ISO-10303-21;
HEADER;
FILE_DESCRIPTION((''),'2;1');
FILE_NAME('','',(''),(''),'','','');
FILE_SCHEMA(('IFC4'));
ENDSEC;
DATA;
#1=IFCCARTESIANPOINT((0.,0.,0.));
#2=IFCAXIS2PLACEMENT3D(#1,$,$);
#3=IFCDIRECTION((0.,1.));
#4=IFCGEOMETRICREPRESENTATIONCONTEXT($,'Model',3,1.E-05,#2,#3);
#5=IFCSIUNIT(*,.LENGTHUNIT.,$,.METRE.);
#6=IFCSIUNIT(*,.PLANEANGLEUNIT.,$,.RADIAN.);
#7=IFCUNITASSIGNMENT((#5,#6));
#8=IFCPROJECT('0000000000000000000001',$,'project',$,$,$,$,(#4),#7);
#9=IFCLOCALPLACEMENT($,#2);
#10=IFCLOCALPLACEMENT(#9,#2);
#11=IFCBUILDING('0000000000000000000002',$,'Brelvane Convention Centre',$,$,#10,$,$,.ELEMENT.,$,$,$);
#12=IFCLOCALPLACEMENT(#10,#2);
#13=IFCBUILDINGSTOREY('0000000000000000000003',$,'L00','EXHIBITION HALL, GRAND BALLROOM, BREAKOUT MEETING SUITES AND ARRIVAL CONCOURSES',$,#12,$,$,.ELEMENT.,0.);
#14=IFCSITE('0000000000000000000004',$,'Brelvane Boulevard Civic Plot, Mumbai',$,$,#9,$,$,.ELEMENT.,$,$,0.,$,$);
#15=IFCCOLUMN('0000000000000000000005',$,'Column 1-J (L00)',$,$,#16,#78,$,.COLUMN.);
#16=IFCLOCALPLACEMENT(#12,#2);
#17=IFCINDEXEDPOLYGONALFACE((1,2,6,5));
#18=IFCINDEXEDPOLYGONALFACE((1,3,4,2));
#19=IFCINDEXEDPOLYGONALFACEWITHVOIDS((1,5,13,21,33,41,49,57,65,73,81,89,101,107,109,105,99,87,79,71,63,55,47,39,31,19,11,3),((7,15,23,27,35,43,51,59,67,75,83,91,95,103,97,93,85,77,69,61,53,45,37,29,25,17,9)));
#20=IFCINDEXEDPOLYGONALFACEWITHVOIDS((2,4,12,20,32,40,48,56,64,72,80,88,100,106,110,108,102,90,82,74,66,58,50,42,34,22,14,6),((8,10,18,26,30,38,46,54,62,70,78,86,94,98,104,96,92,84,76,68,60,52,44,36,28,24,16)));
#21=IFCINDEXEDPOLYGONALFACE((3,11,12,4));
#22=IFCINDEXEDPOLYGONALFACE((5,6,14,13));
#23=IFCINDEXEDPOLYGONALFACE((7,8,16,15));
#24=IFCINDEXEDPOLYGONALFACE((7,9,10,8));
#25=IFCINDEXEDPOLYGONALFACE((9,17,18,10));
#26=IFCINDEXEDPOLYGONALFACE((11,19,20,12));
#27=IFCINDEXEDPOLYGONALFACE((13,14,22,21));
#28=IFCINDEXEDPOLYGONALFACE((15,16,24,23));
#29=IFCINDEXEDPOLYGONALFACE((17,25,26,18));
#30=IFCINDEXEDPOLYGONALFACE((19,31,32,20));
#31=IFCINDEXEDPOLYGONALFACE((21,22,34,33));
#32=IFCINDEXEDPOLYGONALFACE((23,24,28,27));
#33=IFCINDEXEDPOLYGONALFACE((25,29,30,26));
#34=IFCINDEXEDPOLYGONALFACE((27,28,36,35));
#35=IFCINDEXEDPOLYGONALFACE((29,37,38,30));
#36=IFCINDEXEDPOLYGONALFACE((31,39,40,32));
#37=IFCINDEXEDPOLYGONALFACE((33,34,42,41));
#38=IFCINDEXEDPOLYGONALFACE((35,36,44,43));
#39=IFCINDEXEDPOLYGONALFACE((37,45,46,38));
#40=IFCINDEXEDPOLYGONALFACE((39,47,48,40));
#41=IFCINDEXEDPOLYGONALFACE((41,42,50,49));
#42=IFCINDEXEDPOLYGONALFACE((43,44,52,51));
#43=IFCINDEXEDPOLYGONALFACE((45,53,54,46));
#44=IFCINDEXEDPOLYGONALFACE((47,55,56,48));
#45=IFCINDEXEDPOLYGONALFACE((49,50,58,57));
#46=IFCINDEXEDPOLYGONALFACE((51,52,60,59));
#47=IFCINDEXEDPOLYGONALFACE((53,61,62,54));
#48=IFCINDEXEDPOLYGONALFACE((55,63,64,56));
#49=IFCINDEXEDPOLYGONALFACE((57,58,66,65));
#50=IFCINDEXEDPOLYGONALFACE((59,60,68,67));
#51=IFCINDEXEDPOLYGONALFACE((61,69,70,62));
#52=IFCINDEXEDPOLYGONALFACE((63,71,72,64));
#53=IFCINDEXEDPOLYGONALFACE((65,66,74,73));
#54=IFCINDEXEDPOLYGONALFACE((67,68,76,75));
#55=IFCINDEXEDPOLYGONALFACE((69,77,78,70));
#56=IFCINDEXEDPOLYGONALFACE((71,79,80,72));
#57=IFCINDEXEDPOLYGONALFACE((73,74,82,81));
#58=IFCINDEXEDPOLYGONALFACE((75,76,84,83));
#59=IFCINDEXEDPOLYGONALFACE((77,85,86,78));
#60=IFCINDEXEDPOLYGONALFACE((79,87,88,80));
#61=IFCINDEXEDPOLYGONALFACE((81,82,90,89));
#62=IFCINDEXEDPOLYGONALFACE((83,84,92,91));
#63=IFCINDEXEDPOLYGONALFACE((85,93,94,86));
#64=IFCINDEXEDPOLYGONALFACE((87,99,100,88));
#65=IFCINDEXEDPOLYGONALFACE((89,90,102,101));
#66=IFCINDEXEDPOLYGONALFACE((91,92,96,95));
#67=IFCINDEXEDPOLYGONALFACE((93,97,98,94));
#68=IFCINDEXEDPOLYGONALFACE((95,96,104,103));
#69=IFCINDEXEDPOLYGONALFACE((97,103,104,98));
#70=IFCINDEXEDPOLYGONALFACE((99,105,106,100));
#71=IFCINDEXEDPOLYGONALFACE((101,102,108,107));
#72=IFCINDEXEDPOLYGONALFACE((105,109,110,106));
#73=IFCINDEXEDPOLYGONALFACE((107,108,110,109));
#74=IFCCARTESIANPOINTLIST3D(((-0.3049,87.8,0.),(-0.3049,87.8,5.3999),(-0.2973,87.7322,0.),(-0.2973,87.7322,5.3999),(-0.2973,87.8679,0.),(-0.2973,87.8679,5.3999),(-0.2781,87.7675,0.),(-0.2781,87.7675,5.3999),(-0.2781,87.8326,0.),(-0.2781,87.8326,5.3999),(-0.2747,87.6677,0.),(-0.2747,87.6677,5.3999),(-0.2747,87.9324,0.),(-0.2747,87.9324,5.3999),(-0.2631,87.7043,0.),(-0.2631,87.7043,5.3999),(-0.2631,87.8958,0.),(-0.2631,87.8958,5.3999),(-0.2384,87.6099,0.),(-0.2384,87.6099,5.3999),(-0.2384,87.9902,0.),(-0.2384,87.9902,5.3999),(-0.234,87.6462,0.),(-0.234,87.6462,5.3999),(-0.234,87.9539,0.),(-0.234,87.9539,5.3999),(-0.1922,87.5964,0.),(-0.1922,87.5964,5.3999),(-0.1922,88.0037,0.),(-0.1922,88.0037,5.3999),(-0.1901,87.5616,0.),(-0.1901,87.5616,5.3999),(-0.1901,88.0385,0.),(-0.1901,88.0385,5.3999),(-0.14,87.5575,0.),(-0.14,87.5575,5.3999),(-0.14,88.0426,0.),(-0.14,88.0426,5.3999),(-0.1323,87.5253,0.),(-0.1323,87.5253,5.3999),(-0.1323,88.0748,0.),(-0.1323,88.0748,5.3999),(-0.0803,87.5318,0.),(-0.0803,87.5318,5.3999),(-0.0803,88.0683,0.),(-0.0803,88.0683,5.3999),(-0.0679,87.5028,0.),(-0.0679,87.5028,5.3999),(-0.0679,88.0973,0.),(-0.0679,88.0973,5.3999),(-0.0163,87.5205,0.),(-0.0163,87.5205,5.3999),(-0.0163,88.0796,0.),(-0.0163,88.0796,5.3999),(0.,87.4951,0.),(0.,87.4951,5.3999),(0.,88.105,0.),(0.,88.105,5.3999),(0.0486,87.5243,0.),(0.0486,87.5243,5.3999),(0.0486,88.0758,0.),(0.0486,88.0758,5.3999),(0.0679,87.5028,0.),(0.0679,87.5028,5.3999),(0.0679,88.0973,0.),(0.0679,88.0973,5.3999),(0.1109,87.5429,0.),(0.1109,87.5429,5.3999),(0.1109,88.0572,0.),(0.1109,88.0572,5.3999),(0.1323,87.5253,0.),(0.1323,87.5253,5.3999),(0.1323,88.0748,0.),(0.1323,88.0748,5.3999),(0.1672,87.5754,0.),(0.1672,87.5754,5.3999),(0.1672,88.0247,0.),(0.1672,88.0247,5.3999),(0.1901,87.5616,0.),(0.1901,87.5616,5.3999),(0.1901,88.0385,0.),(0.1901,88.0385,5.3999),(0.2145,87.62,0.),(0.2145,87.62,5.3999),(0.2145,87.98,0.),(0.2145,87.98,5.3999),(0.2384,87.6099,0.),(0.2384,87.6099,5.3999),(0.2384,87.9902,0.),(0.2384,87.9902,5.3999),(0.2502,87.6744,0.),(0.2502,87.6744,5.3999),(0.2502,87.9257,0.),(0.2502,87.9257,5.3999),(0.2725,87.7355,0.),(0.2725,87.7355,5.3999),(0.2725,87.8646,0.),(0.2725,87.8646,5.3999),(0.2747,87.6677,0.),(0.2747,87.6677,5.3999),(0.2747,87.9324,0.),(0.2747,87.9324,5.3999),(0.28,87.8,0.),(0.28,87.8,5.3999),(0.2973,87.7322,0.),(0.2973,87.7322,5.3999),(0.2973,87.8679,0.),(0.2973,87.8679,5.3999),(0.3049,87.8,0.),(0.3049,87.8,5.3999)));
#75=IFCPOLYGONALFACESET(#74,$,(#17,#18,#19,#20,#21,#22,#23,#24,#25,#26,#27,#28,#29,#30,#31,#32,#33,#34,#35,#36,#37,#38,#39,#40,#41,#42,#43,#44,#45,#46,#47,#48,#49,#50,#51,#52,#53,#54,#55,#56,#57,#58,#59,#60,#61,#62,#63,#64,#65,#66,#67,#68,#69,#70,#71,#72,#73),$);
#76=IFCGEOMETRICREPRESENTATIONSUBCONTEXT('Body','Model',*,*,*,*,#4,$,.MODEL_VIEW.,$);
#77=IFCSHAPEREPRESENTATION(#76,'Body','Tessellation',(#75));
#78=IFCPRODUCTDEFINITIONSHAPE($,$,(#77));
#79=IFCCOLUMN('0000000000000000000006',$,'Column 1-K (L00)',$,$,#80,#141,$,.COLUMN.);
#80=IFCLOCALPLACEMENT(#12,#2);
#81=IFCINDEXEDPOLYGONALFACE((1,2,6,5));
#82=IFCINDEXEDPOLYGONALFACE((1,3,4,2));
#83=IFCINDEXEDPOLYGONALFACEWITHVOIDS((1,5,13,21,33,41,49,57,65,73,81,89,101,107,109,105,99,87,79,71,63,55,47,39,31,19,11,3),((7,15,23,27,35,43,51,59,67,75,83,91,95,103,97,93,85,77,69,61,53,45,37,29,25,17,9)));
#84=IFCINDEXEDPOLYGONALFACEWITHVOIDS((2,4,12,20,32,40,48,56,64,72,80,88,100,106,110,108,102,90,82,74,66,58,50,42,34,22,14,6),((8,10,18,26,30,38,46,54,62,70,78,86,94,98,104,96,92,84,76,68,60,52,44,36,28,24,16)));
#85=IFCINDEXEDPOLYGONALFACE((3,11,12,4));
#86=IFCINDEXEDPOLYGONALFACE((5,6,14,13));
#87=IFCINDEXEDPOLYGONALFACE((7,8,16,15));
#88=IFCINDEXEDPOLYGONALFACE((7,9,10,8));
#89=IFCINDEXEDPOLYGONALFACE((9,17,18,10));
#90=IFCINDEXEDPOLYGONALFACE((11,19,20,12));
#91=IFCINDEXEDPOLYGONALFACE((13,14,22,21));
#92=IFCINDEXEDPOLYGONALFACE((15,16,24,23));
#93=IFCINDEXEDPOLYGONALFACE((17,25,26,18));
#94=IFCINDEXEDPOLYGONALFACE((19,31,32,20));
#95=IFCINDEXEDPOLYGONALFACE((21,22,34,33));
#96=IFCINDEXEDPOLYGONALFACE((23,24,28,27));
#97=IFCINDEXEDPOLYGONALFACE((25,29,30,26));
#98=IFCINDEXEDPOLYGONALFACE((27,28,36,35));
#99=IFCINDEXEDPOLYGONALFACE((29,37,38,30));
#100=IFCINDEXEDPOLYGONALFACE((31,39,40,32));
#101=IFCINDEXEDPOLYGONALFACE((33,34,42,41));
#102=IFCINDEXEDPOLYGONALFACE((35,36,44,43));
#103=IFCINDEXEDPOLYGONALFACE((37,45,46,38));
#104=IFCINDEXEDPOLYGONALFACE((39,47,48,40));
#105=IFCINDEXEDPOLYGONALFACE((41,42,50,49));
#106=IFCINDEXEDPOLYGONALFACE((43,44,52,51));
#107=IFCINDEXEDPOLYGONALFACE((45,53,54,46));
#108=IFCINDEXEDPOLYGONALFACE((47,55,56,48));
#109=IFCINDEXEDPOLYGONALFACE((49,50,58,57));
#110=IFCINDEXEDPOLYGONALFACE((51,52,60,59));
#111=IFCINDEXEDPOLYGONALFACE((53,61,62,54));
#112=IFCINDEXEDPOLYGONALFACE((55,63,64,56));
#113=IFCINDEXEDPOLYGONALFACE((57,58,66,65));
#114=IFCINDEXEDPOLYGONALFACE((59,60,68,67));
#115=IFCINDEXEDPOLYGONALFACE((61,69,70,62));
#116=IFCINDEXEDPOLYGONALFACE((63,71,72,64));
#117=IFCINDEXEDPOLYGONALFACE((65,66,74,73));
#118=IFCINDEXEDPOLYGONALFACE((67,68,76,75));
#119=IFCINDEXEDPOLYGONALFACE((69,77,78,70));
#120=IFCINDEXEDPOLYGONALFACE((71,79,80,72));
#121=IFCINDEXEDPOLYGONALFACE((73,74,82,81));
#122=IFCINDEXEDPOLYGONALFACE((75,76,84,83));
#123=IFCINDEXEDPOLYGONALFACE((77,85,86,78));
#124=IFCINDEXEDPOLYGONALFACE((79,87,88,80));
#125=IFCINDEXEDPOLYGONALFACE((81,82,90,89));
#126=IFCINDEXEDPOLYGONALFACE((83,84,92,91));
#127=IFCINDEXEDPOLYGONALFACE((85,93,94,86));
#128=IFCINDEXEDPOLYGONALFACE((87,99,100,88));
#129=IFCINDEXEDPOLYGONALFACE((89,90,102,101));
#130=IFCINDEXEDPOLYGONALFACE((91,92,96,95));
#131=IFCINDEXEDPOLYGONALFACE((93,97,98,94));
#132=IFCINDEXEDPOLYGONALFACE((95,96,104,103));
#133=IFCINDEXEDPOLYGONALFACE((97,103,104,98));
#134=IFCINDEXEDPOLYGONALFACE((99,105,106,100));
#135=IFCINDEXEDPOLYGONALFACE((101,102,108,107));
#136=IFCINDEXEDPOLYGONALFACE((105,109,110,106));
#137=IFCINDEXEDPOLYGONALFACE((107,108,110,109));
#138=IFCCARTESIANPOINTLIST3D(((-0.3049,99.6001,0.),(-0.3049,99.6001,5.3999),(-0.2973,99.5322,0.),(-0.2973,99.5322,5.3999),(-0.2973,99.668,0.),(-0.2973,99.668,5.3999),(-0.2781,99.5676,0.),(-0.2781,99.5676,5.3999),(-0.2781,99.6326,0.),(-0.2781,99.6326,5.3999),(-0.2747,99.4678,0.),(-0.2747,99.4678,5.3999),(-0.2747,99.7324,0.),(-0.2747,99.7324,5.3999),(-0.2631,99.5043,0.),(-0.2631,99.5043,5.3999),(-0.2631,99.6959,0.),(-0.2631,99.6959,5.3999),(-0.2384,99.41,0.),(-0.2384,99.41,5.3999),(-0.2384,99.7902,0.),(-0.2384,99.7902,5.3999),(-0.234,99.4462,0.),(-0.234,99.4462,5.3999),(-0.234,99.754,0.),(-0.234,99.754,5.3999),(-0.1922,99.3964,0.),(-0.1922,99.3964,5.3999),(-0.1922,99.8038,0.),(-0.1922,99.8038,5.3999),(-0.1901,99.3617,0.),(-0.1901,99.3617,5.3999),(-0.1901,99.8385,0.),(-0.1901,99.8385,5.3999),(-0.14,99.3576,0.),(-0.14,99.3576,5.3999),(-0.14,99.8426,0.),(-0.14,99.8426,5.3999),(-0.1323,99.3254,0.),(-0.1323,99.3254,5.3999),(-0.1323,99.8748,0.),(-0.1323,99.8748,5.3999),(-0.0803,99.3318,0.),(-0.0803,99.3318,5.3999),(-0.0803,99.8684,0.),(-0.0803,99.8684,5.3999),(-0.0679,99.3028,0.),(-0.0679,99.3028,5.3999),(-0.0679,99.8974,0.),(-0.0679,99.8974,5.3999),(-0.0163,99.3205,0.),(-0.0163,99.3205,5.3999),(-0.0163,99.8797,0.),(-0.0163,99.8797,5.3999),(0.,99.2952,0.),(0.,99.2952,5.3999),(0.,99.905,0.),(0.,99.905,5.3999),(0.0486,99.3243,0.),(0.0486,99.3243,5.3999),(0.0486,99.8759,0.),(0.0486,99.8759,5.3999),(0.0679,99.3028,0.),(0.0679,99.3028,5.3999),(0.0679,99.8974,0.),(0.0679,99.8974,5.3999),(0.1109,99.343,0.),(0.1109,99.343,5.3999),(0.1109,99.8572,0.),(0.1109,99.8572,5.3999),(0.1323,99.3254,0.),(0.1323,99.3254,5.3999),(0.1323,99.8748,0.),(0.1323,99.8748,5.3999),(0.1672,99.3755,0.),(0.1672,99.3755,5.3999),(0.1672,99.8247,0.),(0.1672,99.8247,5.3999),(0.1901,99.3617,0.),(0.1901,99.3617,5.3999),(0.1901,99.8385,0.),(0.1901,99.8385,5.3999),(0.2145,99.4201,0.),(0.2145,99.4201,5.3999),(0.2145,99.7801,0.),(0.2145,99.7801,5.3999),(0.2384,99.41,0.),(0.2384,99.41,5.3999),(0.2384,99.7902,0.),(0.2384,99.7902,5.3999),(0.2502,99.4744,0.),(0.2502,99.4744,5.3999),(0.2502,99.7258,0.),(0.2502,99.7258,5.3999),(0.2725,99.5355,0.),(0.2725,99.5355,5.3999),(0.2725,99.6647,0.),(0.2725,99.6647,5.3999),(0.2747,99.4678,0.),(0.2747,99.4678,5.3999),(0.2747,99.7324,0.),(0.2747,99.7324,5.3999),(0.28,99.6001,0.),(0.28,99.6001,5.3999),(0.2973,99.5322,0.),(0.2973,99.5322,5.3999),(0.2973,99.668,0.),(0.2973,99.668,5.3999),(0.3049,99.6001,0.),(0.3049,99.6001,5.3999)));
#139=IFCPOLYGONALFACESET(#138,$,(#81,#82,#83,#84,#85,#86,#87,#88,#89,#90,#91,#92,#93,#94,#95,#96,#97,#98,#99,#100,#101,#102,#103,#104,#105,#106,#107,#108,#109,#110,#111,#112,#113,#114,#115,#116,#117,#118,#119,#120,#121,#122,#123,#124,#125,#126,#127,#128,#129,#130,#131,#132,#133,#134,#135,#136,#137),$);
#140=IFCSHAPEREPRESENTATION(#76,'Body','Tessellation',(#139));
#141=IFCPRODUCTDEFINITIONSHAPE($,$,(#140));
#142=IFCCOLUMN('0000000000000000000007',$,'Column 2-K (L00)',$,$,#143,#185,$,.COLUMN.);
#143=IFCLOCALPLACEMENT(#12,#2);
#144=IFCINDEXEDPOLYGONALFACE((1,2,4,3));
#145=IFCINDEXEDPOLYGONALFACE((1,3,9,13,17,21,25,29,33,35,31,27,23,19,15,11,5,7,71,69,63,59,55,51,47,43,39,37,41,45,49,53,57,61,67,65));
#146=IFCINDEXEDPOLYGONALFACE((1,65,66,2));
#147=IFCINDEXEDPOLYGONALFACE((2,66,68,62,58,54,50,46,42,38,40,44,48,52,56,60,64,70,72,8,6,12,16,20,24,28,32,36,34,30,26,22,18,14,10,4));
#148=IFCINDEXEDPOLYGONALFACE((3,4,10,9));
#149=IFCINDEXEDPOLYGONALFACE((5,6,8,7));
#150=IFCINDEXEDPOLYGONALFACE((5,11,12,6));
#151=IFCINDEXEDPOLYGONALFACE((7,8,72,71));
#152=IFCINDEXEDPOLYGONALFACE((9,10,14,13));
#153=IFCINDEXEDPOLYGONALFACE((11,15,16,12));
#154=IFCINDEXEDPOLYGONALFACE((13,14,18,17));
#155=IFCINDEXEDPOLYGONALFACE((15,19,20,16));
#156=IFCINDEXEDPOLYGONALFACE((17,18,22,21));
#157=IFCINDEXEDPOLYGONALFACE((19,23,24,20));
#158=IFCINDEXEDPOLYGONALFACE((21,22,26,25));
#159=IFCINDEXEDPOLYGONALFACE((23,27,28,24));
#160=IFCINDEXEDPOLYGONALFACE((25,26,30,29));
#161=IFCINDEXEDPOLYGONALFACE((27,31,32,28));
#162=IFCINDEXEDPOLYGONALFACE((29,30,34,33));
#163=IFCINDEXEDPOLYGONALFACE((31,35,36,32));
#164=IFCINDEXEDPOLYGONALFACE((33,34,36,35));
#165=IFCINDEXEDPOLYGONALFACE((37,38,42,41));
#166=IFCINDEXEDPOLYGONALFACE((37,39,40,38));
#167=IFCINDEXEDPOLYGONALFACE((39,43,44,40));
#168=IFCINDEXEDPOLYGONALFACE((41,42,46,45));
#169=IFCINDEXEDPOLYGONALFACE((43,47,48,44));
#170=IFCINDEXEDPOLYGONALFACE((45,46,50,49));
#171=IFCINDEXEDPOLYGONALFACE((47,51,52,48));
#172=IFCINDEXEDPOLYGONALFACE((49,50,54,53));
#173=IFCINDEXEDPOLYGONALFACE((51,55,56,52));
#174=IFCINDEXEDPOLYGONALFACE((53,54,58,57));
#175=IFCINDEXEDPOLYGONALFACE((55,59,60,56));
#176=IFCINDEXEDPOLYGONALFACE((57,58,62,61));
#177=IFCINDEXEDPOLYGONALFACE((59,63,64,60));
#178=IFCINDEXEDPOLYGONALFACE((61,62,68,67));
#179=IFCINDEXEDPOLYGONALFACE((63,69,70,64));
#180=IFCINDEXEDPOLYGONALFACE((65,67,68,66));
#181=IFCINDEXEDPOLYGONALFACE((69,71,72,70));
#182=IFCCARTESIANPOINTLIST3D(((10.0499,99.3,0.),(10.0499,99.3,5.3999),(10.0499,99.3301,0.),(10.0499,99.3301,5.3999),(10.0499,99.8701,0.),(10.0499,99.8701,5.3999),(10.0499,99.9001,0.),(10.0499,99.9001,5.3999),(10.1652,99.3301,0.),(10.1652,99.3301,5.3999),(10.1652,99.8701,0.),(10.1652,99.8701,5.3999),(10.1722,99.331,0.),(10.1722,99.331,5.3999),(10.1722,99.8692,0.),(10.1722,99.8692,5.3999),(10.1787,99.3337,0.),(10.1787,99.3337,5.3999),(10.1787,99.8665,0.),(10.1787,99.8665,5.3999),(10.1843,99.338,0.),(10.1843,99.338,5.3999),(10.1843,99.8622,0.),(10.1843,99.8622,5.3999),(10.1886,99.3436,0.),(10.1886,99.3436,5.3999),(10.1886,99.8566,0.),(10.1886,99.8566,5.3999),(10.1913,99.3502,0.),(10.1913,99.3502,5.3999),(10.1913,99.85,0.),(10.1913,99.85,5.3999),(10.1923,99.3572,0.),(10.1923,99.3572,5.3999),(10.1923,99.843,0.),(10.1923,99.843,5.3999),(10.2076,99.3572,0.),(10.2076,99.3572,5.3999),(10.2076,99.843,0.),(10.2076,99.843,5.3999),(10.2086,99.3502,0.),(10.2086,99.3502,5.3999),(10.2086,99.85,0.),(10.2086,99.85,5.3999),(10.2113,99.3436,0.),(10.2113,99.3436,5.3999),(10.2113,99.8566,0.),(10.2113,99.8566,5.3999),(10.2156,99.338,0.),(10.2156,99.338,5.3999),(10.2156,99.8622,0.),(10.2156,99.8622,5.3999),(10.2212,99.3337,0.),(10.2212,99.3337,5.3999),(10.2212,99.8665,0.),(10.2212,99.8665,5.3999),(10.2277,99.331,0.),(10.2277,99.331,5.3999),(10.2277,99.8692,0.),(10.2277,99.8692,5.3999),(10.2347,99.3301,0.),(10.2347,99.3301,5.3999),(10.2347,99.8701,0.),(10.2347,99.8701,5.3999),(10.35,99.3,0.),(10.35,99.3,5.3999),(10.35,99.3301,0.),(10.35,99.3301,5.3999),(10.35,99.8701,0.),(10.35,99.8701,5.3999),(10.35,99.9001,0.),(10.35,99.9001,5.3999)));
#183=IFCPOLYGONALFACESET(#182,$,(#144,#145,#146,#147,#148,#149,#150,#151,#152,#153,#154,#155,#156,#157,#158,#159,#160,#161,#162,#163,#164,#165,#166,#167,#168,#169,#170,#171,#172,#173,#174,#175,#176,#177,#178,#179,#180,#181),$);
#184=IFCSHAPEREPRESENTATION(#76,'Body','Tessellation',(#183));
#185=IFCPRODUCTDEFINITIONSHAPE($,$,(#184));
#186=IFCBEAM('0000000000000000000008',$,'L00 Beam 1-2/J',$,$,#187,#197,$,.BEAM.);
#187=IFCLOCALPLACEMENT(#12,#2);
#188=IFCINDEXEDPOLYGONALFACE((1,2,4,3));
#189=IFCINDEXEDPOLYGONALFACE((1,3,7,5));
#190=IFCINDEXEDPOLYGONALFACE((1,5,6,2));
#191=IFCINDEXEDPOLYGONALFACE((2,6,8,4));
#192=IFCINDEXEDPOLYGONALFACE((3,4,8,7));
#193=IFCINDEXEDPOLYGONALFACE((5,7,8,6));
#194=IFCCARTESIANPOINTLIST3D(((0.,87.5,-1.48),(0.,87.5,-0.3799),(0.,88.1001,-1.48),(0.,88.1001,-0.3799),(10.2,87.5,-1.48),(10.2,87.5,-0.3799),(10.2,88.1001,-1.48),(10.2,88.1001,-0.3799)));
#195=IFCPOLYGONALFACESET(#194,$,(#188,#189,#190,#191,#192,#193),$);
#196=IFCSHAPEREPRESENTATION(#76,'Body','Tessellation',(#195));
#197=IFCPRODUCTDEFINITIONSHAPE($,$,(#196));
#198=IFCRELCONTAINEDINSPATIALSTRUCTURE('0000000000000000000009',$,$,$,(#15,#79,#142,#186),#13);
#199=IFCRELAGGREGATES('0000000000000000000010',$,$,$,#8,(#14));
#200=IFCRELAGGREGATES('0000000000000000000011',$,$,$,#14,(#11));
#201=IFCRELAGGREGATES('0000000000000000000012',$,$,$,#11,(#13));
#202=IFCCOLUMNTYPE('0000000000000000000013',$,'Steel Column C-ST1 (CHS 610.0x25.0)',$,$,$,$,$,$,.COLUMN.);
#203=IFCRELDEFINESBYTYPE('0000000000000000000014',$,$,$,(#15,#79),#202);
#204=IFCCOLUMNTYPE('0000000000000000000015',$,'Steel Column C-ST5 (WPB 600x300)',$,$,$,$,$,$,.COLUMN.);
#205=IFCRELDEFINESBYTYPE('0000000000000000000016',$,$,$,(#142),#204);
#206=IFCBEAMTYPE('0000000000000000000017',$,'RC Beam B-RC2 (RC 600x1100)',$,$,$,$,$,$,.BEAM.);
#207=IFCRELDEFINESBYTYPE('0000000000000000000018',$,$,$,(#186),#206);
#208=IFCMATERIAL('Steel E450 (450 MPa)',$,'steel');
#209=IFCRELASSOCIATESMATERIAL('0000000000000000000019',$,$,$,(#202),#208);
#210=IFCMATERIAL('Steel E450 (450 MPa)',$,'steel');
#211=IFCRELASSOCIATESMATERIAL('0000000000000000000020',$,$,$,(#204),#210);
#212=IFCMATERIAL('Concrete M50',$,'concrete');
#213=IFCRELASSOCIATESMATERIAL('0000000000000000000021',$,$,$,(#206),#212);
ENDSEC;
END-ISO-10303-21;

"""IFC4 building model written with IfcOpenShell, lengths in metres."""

from ifc_helpers import new_model, si_unit, direction, frame, origin, origin_2d, place, context, subcontext, project, spatial, rectangle, hollow_circle, i_section, extrude, material, material_profile, profile_set, type_object, element, save


model = new_model("IFC4")

# Units and contexts
model_context = context("Model", 3, precision=1e-05, world=origin(), true_north=direction((0.0, 1.0)))
body_context = subcontext(model_context, "Body", "Model", "MODEL_VIEW")
ifc_project = project(units=[si_unit("LENGTHUNIT", "METRE"), si_unit("PLANEANGLEUNIT", "RADIAN")], contexts=[model_context])

# Site, building, storey
site_placement = place(None, origin())
site = spatial("IfcSite", under=ifc_project, at=site_placement, Name="Brelvane Boulevard Civic Plot, Mumbai", CompositionType="ELEMENT", RefElevation=0.0)
building_placement = place(site_placement, origin())
building = spatial("IfcBuilding", under=site, at=building_placement, Name="Brelvane Convention Centre", CompositionType="ELEMENT")
storey_placement = place(building_placement, origin())
storey = spatial("IfcBuildingStorey", under=building, at=storey_placement, Name="L00", Description="EXHIBITION HALL, GRAND BALLROOM, BREAKOUT MEETING SUITES AND ARRIVAL CONCOURSES", CompositionType="ELEMENT", Elevation=0.0)

# Columns
ifc_material_1 = material(Name="Steel E450 (450 MPa)", Category="steel")
ifc_material_profile_1 = material_profile(ifc_material_1, hollow_circle(Radius=0.3049, WallThickness=0.0249, at=origin_2d()), Name="CHS 610.0x25.0")
ifc_profile_set_1 = profile_set([ifc_material_profile_1], Name="Steel E450 (450 MPa)")
column_type_1 = type_object("IfcColumnType", Name="Steel Column C-ST1 (CHS 610.0x25.0)", PredefinedType="COLUMN", material=ifc_profile_set_1)
for number, where, z_axis, x_axis, name in (
    (1, (0.0, 87.8, 0.0), (0.0, 0.0, 1.0), (1.0, 0.0, 0.0), "Column 1-J (L00)"),
    (2, (0.0, 99.6001, 0.0), (0.0, 0.0, 1.0), (1.0, 0.0, 0.0), "Column 1-K (L00)"),
):
    element("IfcColumn", number, at=place(storey_placement, frame(where, z_axis=z_axis, x_axis=x_axis)), inside=storey, type_object=column_type_1, Name=name, PredefinedType="COLUMN", context=body_context, shape_type="SweptSolid", body=[
        extrude(hollow_circle(Radius=0.3049, WallThickness=0.0249, at=origin_2d()), origin(), (0.0, 0.0, 1.0), 5.3999),
    ])
ifc_material_2 = material(Name="Steel E450 (450 MPa)", Category="steel")
ifc_material_profile_2 = material_profile(ifc_material_2, i_section(OverallWidth=0.3, OverallDepth=0.6001, WebThickness=0.0154, FlangeThickness=0.03, FilletRadius=0.0271, at=origin_2d()), Name="WPB 600x300")
ifc_profile_set_2 = profile_set([ifc_material_profile_2], Name="Steel E450 (450 MPa)")
column_type_2 = type_object("IfcColumnType", Name="Steel Column C-ST5 (WPB 600x300)", PredefinedType="COLUMN", material=ifc_profile_set_2)
column_placement = place(storey_placement, frame((10.2, 99.6001, 0.0), z_axis=(0.0, 0.0, 1.0), x_axis=(1.0, 0.0, 0.0)))
element("IfcColumn", 3, at=column_placement, inside=storey, type_object=column_type_2, Name="Column 2-K (L00)", PredefinedType="COLUMN", context=body_context, shape_type="SweptSolid", body=[
    extrude(i_section(OverallWidth=0.3, OverallDepth=0.6001, WebThickness=0.0154, FlangeThickness=0.03, FilletRadius=0.0271, at=origin_2d()), origin(), (0.0, 0.0, 1.0), 5.3999),
])

# Beam
ifc_material_3 = material(Name="Concrete M50", Category="concrete")
ifc_material_profile_3 = material_profile(ifc_material_3, rectangle(XDim=0.6001, YDim=1.1001, at=origin_2d()), Name="RC 600x1100")
ifc_profile_set_3 = profile_set([ifc_material_profile_3], Name="Concrete M50")
beam_type_1 = type_object("IfcBeamType", Name="RC Beam B-RC2 (RC 600x1100)", PredefinedType="BEAM", material=ifc_profile_set_3)
for number, where, z_axis, x_axis, name in (
    (4, (0.0, 87.8, -0.9299), (1.0, 0.0, 0.0), (0.0, 1.0, 0.0), "L00 Beam 1-2/J"),
):
    element("IfcBeam", number, at=place(storey_placement, frame(where, z_axis=z_axis, x_axis=x_axis)), inside=storey, type_object=beam_type_1, Name=name, PredefinedType="BEAM", context=body_context, shape_type="SweptSolid", body=[
        extrude(rectangle(XDim=0.6001, YDim=1.1001, at=origin_2d()), origin(), (0.0, 0.0, 1.0), 10.2),
    ])

save(model, "model.ifc")
